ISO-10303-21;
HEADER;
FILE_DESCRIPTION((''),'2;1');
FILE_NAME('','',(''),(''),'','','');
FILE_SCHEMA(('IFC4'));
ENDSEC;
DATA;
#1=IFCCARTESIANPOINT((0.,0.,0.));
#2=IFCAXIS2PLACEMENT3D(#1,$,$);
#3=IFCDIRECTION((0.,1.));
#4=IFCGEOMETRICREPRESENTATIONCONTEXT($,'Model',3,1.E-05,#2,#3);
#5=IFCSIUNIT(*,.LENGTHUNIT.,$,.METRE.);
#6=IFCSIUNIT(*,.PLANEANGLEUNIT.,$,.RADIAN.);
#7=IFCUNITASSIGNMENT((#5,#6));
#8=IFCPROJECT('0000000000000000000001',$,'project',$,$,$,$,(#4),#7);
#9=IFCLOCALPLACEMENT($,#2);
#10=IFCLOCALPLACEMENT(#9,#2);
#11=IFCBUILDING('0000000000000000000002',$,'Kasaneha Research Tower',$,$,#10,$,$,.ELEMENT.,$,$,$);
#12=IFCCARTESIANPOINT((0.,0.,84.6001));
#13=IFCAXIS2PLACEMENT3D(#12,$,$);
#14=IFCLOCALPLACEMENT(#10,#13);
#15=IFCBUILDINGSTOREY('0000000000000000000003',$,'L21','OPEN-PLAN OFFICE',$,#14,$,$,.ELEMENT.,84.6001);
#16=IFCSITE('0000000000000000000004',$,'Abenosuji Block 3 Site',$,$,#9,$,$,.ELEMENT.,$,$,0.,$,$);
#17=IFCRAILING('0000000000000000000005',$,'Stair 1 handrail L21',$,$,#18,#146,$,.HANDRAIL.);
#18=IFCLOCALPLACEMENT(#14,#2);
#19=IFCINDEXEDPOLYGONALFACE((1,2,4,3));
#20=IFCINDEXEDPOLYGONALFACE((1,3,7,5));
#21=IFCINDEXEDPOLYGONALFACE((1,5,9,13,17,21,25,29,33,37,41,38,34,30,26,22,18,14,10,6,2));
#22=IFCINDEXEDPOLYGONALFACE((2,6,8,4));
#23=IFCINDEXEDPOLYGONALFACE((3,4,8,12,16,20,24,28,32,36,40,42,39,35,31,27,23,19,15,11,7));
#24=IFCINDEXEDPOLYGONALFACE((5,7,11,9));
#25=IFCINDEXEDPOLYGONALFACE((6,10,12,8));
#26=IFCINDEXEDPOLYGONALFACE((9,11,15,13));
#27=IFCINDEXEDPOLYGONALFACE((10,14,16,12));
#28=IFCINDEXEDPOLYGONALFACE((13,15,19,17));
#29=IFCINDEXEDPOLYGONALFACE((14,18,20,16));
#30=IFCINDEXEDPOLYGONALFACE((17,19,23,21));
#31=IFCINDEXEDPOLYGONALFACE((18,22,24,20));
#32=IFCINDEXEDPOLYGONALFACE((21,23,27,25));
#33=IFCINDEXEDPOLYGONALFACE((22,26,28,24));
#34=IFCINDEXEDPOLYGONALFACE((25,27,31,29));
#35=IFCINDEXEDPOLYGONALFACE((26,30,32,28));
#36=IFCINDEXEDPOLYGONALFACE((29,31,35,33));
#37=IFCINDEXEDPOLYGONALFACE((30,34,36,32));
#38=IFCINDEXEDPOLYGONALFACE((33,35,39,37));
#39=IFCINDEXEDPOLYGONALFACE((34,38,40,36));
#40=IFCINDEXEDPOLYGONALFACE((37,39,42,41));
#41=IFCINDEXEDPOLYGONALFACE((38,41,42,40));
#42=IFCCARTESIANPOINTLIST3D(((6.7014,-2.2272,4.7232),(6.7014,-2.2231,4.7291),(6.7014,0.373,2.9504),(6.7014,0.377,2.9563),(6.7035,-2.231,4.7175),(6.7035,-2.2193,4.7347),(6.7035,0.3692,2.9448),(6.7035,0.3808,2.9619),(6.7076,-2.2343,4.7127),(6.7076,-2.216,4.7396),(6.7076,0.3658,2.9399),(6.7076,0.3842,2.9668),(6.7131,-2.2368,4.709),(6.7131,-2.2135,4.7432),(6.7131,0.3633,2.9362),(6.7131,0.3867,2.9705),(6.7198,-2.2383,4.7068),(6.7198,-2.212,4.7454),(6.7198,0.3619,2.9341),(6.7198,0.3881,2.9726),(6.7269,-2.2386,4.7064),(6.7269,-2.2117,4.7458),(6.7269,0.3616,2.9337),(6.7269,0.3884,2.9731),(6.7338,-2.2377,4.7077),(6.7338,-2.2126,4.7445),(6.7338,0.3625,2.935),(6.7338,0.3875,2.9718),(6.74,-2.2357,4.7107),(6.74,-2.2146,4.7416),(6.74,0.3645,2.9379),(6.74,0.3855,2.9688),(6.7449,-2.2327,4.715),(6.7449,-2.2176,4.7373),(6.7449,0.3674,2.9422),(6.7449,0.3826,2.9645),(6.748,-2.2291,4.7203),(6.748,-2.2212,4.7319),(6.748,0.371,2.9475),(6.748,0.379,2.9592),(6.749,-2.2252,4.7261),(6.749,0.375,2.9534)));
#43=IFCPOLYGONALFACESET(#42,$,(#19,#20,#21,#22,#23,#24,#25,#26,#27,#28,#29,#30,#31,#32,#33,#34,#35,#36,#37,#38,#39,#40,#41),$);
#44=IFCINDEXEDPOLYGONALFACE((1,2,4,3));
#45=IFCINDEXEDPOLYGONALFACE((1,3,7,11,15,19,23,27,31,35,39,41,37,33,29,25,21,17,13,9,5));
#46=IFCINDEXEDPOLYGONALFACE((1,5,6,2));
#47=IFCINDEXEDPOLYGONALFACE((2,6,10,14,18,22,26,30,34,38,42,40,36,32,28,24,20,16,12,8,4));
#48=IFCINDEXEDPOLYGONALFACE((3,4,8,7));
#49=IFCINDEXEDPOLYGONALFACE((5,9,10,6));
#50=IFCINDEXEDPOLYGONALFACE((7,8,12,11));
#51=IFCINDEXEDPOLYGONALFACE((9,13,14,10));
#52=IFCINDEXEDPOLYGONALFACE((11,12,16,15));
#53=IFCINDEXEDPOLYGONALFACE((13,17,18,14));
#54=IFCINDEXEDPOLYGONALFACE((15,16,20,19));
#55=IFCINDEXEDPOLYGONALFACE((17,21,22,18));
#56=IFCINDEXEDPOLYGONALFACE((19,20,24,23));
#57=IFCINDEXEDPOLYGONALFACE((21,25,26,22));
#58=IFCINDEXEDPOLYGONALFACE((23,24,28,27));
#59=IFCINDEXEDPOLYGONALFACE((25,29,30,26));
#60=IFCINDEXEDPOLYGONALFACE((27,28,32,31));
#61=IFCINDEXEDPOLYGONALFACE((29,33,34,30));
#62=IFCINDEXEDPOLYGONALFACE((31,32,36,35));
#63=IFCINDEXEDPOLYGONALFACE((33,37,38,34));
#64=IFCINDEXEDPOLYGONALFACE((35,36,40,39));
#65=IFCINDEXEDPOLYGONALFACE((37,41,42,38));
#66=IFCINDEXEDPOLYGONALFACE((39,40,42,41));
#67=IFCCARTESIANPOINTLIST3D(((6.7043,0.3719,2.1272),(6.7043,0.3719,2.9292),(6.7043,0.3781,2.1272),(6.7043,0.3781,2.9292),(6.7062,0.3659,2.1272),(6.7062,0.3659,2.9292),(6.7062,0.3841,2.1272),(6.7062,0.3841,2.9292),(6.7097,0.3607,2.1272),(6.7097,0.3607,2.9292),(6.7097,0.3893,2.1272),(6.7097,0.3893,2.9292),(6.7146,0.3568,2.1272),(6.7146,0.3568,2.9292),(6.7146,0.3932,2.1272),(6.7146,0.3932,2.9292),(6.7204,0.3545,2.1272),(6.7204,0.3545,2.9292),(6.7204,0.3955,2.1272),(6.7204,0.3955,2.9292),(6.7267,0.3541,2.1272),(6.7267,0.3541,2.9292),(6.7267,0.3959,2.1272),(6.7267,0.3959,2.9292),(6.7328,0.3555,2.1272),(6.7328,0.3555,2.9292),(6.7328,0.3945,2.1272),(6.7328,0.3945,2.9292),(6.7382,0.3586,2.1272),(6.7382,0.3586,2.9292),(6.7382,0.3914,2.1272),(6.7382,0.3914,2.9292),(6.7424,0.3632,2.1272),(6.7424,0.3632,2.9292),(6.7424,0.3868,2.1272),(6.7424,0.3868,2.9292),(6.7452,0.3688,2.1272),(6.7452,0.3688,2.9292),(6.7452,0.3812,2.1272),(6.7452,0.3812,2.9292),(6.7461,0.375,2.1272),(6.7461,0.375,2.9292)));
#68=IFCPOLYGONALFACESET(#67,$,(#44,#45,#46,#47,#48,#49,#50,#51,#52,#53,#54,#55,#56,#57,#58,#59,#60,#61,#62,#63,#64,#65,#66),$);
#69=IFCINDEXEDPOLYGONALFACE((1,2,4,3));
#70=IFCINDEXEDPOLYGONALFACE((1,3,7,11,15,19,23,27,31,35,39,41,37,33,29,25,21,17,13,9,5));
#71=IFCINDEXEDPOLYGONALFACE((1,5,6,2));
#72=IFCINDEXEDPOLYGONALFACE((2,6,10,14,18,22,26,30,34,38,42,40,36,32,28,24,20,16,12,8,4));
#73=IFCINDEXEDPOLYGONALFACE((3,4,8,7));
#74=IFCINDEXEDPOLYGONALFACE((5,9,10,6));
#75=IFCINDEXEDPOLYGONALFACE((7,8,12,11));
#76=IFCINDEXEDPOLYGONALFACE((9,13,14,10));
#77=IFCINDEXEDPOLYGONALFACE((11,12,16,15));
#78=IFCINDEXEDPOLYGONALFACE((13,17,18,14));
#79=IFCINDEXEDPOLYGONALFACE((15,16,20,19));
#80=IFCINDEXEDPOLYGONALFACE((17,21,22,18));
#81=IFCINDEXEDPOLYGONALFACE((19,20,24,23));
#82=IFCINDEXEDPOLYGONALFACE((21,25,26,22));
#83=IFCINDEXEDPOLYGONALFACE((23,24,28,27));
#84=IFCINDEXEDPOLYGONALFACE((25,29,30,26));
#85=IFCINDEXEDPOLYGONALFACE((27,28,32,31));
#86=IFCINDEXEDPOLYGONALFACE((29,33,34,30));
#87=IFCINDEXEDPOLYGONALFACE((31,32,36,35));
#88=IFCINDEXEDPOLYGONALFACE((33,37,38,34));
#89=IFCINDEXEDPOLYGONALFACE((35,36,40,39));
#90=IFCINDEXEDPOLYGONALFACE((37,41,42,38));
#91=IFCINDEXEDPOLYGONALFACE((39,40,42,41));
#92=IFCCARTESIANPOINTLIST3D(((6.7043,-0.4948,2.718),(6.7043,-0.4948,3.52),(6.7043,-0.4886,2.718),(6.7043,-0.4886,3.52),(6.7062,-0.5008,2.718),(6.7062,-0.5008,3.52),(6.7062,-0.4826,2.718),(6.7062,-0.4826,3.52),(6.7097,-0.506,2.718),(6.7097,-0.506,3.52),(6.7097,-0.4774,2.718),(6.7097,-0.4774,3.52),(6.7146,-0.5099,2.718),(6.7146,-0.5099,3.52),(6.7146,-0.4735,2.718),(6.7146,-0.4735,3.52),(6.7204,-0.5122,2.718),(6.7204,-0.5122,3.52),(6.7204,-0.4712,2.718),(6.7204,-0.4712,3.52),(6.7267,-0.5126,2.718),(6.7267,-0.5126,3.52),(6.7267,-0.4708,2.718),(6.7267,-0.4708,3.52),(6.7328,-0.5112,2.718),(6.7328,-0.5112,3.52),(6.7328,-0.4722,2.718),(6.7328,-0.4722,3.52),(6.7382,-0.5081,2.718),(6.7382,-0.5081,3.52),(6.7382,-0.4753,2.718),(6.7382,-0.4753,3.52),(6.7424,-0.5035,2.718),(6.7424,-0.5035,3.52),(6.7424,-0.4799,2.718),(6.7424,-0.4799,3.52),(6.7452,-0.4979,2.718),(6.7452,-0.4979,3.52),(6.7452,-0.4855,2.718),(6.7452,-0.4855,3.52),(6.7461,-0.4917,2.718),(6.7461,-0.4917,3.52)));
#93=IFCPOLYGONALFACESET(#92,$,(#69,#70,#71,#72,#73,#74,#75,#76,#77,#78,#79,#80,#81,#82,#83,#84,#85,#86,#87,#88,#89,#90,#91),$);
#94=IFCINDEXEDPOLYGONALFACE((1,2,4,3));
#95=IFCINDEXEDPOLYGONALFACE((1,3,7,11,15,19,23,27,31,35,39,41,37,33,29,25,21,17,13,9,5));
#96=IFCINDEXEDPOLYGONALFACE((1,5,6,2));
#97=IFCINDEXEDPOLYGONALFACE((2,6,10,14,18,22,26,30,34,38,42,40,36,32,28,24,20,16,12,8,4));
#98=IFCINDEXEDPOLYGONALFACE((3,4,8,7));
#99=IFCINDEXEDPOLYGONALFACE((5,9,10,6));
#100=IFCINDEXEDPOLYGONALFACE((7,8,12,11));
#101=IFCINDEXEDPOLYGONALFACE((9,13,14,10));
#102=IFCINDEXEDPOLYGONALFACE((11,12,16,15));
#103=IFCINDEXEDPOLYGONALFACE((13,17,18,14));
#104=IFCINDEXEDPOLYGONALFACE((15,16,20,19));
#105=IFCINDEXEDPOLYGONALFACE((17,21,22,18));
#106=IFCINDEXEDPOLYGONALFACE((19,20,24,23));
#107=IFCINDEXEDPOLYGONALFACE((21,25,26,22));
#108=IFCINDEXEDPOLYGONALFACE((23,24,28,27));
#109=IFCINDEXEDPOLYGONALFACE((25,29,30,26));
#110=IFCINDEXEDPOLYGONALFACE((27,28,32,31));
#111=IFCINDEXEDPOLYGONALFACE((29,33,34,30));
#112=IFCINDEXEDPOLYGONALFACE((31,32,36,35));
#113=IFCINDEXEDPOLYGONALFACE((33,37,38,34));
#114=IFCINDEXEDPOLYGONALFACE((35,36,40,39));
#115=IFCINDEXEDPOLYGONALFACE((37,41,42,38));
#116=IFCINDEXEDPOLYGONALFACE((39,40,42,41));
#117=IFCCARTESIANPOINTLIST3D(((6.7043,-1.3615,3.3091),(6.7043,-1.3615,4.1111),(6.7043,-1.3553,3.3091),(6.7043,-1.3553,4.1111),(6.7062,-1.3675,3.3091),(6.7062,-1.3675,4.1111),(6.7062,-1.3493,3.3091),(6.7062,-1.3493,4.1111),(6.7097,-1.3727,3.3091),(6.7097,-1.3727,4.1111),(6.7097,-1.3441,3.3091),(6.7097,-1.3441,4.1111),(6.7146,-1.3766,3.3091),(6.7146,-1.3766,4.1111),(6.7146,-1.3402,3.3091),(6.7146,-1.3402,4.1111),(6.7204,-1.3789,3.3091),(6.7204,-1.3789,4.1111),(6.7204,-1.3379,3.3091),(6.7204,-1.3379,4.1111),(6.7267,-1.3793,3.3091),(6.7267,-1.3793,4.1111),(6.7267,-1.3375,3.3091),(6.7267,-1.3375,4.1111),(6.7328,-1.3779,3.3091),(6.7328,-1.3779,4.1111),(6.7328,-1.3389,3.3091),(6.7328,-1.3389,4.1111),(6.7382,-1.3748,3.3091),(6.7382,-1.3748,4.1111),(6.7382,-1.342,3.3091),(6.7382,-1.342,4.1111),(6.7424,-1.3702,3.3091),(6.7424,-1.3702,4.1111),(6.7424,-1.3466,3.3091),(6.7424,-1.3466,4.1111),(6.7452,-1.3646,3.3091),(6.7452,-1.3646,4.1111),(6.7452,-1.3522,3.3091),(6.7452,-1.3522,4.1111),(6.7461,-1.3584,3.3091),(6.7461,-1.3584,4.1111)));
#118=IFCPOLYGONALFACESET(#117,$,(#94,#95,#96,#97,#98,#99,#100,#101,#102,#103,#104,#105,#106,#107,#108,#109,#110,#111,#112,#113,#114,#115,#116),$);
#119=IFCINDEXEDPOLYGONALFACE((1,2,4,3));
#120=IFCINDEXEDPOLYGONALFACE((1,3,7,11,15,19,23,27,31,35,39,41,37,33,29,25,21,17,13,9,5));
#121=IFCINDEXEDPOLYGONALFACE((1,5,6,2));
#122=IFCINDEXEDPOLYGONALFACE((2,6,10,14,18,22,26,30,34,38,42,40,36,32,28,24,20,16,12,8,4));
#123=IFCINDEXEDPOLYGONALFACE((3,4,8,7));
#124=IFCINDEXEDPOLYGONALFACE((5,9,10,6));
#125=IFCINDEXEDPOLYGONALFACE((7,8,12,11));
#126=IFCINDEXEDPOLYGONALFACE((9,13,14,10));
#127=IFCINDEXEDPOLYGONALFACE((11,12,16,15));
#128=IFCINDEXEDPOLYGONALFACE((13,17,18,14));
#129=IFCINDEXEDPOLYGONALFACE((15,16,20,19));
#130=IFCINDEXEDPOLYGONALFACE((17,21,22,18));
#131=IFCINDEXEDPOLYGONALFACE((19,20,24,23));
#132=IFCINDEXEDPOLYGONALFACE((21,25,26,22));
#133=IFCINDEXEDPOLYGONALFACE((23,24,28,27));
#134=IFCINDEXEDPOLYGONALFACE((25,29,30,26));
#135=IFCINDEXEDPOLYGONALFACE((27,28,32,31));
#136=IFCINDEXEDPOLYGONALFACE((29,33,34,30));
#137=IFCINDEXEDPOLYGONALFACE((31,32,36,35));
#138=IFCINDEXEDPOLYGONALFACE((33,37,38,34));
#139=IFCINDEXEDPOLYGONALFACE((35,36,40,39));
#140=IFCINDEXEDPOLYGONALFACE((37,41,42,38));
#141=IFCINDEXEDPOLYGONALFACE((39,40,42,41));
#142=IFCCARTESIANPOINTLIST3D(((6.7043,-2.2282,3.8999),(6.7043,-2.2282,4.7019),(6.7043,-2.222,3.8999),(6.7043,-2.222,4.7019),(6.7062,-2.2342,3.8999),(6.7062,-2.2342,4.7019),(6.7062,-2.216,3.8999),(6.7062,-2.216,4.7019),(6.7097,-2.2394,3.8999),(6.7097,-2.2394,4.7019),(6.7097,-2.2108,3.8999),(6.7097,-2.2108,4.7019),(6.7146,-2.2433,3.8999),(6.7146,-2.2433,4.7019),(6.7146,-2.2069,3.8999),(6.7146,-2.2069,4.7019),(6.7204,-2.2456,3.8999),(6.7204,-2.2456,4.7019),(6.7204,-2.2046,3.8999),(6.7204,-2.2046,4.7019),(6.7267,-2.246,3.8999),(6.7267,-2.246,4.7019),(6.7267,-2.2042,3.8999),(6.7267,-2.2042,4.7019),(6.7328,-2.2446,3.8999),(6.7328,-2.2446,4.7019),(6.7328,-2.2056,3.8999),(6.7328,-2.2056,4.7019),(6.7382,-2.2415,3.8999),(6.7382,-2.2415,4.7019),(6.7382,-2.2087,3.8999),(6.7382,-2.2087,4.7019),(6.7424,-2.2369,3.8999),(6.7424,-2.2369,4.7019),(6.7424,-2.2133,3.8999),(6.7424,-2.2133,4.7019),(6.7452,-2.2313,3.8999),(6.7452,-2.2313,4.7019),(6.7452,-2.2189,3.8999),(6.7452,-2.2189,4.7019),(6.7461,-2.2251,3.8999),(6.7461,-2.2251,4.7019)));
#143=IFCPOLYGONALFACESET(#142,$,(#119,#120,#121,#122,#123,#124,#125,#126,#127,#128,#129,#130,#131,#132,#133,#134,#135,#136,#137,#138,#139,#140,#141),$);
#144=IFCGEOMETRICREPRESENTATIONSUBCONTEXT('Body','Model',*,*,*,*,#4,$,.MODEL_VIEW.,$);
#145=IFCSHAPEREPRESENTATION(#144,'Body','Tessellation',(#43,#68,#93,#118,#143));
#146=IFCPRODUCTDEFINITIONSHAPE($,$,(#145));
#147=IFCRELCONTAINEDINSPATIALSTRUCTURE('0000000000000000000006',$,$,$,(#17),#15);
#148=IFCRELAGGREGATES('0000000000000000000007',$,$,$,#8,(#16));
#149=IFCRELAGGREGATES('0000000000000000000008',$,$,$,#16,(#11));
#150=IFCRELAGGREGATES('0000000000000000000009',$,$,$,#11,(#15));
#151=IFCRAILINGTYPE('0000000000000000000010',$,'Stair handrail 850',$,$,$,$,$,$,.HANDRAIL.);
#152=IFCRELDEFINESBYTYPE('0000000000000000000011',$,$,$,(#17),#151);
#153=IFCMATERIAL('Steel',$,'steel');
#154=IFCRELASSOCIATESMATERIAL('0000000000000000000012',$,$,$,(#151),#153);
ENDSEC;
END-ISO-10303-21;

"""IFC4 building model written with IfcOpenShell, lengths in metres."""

from ifc_helpers import new_model, si_unit, direction, frame, origin, origin_2d, place, context, subcontext, project, spatial, circle, extrude, material, type_object, element, save


model = new_model("IFC4")

# Units and contexts
model_context = context("Model", 3, precision=1e-05, world=origin(), true_north=direction((0.0, 1.0)))
body_context = subcontext(model_context, "Body", "Model", "MODEL_VIEW")
ifc_project = project(units=[si_unit("LENGTHUNIT", "METRE"), si_unit("PLANEANGLEUNIT", "RADIAN")], contexts=[model_context])

# Site, building, storey
site_placement = place(None, origin())
site = spatial("IfcSite", under=ifc_project, at=site_placement, Name="Abenosuji Block 3 Site", CompositionType="ELEMENT", RefElevation=0.0)
building_placement = place(site_placement, origin())
building = spatial("IfcBuilding", under=site, at=building_placement, Name="Kasaneha Research Tower", CompositionType="ELEMENT")
storey_placement = place(building_placement, frame((0.0, 0.0, 84.6001)))
storey = spatial("IfcBuildingStorey", under=building, at=storey_placement, Name="L21", Description="OPEN-PLAN OFFICE", CompositionType="ELEMENT", Elevation=84.6001)

# Railing
ifc_material_1 = material(Name="Steel", Category="steel")
railing_type = type_object("IfcRailingType", Name="Stair handrail 850", PredefinedType="HANDRAIL", material=ifc_material_1)
railing_placement = place(storey_placement, frame((6.7251, 0.375, 2.1272)))
element("IfcRailing", 1, at=railing_placement, inside=storey, type_object=railing_type, Name="Stair 1 handrail L21", PredefinedType="HANDRAIL", context=body_context, shape_type="SweptSolid", body=[
    extrude(circle(Radius=0.0239, at=origin_2d()), frame((0.0, 0.0, 0.8262), z_axis=(0.0, -0.82624, 0.563318), x_axis=(1.0, 0.0, 0.0)), (0.0, 0.0, 1.0), 3.147),
    extrude(circle(Radius=0.021, at=origin_2d()), origin(), (0.0, 0.0, 1.0), 0.802),
    extrude(circle(Radius=0.021, at=origin_2d()), frame((0.0, -0.8667, 0.5908)), (0.0, 0.0, 1.0), 0.802),
    extrude(circle(Radius=0.021, at=origin_2d()), frame((0.0, -1.7334, 1.1819)), (0.0, 0.0, 1.0), 0.802),
    extrude(circle(Radius=0.021, at=origin_2d()), frame((0.0, -2.6001, 1.7727)), (0.0, 0.0, 1.0), 0.802),
])

save(model, "model.ifc")
